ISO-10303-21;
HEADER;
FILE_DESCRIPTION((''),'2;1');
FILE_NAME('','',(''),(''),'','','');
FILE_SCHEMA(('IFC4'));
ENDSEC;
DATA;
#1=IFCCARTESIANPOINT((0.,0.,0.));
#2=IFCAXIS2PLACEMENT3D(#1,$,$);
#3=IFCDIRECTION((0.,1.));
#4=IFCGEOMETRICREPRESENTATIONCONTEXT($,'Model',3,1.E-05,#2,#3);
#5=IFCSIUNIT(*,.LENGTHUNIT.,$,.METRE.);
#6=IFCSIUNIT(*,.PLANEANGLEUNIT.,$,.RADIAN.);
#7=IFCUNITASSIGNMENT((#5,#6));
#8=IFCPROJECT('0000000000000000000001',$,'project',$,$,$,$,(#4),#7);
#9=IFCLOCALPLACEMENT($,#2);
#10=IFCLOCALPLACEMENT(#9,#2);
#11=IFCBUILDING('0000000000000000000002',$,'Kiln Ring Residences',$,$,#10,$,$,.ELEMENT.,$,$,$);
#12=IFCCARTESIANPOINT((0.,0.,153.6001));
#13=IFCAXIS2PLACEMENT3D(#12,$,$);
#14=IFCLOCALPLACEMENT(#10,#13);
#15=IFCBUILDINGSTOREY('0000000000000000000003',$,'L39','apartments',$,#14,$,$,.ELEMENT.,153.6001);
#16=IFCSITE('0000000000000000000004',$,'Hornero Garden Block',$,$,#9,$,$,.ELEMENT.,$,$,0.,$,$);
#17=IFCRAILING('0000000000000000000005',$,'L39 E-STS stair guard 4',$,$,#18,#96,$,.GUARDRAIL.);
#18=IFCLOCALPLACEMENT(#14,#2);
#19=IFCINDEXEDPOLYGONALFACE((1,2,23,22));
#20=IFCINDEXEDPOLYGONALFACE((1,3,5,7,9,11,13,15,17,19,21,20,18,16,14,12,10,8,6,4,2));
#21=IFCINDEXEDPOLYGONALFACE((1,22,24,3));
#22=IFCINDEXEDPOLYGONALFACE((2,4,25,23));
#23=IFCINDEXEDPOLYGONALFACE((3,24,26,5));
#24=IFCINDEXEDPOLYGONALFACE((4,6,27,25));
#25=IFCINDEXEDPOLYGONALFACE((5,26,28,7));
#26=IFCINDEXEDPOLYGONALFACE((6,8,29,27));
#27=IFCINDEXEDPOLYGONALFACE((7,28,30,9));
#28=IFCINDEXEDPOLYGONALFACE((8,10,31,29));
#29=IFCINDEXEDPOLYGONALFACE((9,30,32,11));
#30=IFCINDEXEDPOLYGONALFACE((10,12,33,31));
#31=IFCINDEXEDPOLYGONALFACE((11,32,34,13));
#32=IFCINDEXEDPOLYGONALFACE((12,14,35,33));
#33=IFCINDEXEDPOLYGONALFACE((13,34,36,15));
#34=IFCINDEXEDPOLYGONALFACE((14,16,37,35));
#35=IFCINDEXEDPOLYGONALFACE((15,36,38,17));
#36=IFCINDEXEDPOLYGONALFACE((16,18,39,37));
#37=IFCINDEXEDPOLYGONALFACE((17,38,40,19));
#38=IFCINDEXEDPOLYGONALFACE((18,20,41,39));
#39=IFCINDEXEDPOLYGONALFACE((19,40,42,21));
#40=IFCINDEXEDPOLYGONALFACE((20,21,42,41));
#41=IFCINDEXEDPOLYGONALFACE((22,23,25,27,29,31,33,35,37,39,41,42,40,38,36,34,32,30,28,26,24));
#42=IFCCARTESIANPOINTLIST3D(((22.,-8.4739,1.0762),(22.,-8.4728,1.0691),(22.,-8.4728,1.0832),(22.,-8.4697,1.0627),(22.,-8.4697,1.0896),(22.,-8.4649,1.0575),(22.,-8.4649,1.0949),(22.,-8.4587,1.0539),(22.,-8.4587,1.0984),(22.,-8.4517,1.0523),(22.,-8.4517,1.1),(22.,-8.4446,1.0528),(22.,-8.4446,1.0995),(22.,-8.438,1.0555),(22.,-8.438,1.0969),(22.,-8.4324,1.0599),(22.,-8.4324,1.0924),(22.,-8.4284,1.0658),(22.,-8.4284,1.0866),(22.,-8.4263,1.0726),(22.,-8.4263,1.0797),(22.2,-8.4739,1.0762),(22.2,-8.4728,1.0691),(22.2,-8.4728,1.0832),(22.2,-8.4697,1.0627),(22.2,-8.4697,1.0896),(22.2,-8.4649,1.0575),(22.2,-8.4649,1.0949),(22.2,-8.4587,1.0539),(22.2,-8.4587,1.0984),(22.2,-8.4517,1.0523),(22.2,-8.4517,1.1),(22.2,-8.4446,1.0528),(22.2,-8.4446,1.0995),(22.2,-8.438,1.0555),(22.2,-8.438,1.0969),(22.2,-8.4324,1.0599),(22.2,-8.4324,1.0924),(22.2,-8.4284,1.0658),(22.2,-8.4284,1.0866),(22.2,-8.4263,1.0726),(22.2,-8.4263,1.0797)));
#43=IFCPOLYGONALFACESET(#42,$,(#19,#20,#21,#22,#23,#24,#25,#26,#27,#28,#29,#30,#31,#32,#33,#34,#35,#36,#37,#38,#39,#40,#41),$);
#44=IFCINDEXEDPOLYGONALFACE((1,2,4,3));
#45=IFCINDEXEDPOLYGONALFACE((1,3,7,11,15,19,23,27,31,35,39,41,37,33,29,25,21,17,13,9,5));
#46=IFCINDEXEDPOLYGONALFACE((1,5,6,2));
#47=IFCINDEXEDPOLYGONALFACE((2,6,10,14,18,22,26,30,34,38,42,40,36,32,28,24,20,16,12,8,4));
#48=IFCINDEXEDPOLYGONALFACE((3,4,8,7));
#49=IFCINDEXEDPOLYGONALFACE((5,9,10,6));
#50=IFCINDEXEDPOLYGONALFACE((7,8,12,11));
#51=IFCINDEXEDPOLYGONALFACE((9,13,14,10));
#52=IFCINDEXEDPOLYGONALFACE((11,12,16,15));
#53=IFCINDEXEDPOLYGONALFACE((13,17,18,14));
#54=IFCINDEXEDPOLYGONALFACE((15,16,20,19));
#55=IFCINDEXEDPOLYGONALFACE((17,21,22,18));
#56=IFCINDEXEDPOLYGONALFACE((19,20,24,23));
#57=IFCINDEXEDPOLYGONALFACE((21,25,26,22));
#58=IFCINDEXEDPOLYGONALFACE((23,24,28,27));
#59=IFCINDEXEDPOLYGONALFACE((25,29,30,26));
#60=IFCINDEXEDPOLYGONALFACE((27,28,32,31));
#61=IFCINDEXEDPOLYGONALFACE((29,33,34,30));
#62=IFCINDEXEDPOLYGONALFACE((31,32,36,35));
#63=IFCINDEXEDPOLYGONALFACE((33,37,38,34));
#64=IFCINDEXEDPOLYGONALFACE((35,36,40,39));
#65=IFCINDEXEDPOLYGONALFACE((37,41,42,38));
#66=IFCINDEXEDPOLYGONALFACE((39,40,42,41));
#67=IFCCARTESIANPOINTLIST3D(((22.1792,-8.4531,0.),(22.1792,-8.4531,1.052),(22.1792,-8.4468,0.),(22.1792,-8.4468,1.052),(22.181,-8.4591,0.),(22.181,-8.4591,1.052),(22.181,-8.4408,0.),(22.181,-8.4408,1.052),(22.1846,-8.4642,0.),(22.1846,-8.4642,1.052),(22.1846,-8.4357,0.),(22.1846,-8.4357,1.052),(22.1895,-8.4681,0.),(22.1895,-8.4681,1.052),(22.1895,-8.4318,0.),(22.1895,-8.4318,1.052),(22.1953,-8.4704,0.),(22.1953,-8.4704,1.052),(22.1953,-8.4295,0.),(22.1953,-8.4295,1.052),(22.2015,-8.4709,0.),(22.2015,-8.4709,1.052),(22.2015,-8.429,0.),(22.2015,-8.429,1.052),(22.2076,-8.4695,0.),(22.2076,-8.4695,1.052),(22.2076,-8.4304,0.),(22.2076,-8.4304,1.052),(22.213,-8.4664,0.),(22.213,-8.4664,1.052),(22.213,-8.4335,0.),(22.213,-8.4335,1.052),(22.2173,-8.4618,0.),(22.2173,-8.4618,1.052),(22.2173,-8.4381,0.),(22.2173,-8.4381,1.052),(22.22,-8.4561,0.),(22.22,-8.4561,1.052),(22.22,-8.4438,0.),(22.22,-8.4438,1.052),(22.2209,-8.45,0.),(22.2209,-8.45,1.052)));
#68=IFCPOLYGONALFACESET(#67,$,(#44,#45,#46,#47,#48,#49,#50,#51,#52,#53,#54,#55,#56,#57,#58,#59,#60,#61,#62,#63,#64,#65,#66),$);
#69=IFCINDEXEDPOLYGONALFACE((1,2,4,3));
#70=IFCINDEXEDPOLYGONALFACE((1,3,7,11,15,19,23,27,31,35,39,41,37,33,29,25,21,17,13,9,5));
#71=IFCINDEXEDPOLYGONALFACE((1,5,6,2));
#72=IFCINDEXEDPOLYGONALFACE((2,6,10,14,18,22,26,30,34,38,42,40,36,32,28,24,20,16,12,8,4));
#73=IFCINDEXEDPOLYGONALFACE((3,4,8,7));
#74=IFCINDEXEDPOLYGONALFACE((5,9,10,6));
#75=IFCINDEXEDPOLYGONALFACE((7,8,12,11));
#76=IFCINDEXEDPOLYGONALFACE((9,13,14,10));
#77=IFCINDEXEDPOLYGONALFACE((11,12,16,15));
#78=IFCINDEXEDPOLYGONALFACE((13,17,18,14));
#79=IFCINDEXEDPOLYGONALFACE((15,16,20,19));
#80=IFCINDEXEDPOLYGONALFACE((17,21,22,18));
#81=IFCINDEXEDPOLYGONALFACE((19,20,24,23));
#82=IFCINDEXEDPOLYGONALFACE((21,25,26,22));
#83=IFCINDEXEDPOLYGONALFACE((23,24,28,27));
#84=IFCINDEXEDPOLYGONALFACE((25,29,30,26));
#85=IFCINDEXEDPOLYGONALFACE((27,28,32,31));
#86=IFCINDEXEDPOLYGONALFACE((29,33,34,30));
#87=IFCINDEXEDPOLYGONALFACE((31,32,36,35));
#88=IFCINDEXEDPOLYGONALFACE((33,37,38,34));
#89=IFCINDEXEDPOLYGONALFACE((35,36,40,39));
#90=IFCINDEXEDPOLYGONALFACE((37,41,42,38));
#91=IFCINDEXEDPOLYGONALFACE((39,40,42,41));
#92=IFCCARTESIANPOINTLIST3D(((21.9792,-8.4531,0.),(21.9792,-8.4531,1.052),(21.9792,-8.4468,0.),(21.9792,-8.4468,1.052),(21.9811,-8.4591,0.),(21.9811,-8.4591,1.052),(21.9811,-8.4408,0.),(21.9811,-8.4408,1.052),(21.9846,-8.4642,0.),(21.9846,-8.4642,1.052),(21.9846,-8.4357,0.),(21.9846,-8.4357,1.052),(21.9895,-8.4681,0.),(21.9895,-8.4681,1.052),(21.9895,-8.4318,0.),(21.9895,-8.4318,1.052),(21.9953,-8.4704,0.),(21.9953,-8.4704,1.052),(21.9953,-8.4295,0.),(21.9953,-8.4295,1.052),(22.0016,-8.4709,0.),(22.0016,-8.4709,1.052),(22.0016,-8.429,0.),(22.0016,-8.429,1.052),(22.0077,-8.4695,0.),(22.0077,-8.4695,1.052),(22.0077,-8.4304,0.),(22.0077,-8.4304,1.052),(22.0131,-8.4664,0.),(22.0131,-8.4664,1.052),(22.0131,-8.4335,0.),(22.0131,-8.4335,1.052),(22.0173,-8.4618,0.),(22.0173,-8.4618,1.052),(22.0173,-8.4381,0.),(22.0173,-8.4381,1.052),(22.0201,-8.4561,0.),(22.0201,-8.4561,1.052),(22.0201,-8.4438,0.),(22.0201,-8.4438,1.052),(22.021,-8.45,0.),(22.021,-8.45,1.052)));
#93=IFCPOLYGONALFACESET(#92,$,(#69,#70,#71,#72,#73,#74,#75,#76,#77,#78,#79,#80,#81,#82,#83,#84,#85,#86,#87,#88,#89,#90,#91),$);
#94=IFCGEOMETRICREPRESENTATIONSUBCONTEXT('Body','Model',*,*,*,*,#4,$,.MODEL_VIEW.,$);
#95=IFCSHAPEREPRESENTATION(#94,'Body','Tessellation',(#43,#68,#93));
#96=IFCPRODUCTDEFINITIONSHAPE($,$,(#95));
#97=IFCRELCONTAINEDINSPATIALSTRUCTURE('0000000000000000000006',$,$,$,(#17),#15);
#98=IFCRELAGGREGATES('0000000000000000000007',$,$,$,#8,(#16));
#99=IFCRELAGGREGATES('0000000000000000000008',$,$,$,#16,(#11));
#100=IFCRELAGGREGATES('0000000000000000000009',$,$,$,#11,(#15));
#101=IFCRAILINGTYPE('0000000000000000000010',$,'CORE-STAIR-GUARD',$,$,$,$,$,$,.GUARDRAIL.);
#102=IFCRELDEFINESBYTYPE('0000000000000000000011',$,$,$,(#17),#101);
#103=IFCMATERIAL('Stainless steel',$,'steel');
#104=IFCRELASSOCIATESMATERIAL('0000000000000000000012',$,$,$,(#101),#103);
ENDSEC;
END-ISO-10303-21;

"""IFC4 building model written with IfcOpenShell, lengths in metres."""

from ifc_helpers import new_model, si_unit, direction, frame, origin, origin_2d, place, context, subcontext, project, spatial, circle, extrude, material, type_object, element, save


model = new_model("IFC4")

# Units and contexts
model_context = context("Model", 3, precision=1e-05, world=origin(), true_north=direction((0.0, 1.0)))
body_context = subcontext(model_context, "Body", "Model", "MODEL_VIEW")
ifc_project = project(units=[si_unit("LENGTHUNIT", "METRE"), si_unit("PLANEANGLEUNIT", "RADIAN")], contexts=[model_context])

# Site, building, storey
site_placement = place(None, origin())
site = spatial("IfcSite", under=ifc_project, at=site_placement, Name="Hornero Garden Block", CompositionType="ELEMENT", RefElevation=0.0)
building_placement = place(site_placement, origin())
building = spatial("IfcBuilding", under=site, at=building_placement, Name="Kiln Ring Residences", CompositionType="ELEMENT")
storey_placement = place(building_placement, frame((0.0, 0.0, 153.6001)))
storey = spatial("IfcBuildingStorey", under=building, at=storey_placement, Name="L39", Description="apartments", CompositionType="ELEMENT", Elevation=153.6001)

# Railing
ifc_material_1 = material(Name="Stainless steel", Category="steel")
railing_type_1 = type_object("IfcRailingType", Name="CORE-STAIR-GUARD", PredefinedType="GUARDRAIL", material=ifc_material_1)
railing_1_placement = place(storey_placement, frame((22.2, -8.45, 0.0)))
element("IfcRailing", 1, at=railing_1_placement, inside=storey, type_object=railing_type_1, Name="L39 E-STS stair guard 4", PredefinedType="GUARDRAIL", context=body_context, shape_type="SweptSolid", body=[
    extrude(circle(Radius=0.0239, at=origin_2d()), frame((0.0, 0.0, 1.0762), z_axis=(-1.0, 0.0, 0.0), x_axis=(0.0, -1.0, 0.0)), (0.0, 0.0, 1.0), 0.2),
    extrude(circle(Radius=0.021, at=origin_2d()), origin(), (0.0, 0.0, 1.0), 1.052),
    extrude(circle(Radius=0.021, at=origin_2d()), frame((-0.2, 0.0, 0.0)), (0.0, 0.0, 1.0), 1.052),
])

save(model, "model.ifc")
